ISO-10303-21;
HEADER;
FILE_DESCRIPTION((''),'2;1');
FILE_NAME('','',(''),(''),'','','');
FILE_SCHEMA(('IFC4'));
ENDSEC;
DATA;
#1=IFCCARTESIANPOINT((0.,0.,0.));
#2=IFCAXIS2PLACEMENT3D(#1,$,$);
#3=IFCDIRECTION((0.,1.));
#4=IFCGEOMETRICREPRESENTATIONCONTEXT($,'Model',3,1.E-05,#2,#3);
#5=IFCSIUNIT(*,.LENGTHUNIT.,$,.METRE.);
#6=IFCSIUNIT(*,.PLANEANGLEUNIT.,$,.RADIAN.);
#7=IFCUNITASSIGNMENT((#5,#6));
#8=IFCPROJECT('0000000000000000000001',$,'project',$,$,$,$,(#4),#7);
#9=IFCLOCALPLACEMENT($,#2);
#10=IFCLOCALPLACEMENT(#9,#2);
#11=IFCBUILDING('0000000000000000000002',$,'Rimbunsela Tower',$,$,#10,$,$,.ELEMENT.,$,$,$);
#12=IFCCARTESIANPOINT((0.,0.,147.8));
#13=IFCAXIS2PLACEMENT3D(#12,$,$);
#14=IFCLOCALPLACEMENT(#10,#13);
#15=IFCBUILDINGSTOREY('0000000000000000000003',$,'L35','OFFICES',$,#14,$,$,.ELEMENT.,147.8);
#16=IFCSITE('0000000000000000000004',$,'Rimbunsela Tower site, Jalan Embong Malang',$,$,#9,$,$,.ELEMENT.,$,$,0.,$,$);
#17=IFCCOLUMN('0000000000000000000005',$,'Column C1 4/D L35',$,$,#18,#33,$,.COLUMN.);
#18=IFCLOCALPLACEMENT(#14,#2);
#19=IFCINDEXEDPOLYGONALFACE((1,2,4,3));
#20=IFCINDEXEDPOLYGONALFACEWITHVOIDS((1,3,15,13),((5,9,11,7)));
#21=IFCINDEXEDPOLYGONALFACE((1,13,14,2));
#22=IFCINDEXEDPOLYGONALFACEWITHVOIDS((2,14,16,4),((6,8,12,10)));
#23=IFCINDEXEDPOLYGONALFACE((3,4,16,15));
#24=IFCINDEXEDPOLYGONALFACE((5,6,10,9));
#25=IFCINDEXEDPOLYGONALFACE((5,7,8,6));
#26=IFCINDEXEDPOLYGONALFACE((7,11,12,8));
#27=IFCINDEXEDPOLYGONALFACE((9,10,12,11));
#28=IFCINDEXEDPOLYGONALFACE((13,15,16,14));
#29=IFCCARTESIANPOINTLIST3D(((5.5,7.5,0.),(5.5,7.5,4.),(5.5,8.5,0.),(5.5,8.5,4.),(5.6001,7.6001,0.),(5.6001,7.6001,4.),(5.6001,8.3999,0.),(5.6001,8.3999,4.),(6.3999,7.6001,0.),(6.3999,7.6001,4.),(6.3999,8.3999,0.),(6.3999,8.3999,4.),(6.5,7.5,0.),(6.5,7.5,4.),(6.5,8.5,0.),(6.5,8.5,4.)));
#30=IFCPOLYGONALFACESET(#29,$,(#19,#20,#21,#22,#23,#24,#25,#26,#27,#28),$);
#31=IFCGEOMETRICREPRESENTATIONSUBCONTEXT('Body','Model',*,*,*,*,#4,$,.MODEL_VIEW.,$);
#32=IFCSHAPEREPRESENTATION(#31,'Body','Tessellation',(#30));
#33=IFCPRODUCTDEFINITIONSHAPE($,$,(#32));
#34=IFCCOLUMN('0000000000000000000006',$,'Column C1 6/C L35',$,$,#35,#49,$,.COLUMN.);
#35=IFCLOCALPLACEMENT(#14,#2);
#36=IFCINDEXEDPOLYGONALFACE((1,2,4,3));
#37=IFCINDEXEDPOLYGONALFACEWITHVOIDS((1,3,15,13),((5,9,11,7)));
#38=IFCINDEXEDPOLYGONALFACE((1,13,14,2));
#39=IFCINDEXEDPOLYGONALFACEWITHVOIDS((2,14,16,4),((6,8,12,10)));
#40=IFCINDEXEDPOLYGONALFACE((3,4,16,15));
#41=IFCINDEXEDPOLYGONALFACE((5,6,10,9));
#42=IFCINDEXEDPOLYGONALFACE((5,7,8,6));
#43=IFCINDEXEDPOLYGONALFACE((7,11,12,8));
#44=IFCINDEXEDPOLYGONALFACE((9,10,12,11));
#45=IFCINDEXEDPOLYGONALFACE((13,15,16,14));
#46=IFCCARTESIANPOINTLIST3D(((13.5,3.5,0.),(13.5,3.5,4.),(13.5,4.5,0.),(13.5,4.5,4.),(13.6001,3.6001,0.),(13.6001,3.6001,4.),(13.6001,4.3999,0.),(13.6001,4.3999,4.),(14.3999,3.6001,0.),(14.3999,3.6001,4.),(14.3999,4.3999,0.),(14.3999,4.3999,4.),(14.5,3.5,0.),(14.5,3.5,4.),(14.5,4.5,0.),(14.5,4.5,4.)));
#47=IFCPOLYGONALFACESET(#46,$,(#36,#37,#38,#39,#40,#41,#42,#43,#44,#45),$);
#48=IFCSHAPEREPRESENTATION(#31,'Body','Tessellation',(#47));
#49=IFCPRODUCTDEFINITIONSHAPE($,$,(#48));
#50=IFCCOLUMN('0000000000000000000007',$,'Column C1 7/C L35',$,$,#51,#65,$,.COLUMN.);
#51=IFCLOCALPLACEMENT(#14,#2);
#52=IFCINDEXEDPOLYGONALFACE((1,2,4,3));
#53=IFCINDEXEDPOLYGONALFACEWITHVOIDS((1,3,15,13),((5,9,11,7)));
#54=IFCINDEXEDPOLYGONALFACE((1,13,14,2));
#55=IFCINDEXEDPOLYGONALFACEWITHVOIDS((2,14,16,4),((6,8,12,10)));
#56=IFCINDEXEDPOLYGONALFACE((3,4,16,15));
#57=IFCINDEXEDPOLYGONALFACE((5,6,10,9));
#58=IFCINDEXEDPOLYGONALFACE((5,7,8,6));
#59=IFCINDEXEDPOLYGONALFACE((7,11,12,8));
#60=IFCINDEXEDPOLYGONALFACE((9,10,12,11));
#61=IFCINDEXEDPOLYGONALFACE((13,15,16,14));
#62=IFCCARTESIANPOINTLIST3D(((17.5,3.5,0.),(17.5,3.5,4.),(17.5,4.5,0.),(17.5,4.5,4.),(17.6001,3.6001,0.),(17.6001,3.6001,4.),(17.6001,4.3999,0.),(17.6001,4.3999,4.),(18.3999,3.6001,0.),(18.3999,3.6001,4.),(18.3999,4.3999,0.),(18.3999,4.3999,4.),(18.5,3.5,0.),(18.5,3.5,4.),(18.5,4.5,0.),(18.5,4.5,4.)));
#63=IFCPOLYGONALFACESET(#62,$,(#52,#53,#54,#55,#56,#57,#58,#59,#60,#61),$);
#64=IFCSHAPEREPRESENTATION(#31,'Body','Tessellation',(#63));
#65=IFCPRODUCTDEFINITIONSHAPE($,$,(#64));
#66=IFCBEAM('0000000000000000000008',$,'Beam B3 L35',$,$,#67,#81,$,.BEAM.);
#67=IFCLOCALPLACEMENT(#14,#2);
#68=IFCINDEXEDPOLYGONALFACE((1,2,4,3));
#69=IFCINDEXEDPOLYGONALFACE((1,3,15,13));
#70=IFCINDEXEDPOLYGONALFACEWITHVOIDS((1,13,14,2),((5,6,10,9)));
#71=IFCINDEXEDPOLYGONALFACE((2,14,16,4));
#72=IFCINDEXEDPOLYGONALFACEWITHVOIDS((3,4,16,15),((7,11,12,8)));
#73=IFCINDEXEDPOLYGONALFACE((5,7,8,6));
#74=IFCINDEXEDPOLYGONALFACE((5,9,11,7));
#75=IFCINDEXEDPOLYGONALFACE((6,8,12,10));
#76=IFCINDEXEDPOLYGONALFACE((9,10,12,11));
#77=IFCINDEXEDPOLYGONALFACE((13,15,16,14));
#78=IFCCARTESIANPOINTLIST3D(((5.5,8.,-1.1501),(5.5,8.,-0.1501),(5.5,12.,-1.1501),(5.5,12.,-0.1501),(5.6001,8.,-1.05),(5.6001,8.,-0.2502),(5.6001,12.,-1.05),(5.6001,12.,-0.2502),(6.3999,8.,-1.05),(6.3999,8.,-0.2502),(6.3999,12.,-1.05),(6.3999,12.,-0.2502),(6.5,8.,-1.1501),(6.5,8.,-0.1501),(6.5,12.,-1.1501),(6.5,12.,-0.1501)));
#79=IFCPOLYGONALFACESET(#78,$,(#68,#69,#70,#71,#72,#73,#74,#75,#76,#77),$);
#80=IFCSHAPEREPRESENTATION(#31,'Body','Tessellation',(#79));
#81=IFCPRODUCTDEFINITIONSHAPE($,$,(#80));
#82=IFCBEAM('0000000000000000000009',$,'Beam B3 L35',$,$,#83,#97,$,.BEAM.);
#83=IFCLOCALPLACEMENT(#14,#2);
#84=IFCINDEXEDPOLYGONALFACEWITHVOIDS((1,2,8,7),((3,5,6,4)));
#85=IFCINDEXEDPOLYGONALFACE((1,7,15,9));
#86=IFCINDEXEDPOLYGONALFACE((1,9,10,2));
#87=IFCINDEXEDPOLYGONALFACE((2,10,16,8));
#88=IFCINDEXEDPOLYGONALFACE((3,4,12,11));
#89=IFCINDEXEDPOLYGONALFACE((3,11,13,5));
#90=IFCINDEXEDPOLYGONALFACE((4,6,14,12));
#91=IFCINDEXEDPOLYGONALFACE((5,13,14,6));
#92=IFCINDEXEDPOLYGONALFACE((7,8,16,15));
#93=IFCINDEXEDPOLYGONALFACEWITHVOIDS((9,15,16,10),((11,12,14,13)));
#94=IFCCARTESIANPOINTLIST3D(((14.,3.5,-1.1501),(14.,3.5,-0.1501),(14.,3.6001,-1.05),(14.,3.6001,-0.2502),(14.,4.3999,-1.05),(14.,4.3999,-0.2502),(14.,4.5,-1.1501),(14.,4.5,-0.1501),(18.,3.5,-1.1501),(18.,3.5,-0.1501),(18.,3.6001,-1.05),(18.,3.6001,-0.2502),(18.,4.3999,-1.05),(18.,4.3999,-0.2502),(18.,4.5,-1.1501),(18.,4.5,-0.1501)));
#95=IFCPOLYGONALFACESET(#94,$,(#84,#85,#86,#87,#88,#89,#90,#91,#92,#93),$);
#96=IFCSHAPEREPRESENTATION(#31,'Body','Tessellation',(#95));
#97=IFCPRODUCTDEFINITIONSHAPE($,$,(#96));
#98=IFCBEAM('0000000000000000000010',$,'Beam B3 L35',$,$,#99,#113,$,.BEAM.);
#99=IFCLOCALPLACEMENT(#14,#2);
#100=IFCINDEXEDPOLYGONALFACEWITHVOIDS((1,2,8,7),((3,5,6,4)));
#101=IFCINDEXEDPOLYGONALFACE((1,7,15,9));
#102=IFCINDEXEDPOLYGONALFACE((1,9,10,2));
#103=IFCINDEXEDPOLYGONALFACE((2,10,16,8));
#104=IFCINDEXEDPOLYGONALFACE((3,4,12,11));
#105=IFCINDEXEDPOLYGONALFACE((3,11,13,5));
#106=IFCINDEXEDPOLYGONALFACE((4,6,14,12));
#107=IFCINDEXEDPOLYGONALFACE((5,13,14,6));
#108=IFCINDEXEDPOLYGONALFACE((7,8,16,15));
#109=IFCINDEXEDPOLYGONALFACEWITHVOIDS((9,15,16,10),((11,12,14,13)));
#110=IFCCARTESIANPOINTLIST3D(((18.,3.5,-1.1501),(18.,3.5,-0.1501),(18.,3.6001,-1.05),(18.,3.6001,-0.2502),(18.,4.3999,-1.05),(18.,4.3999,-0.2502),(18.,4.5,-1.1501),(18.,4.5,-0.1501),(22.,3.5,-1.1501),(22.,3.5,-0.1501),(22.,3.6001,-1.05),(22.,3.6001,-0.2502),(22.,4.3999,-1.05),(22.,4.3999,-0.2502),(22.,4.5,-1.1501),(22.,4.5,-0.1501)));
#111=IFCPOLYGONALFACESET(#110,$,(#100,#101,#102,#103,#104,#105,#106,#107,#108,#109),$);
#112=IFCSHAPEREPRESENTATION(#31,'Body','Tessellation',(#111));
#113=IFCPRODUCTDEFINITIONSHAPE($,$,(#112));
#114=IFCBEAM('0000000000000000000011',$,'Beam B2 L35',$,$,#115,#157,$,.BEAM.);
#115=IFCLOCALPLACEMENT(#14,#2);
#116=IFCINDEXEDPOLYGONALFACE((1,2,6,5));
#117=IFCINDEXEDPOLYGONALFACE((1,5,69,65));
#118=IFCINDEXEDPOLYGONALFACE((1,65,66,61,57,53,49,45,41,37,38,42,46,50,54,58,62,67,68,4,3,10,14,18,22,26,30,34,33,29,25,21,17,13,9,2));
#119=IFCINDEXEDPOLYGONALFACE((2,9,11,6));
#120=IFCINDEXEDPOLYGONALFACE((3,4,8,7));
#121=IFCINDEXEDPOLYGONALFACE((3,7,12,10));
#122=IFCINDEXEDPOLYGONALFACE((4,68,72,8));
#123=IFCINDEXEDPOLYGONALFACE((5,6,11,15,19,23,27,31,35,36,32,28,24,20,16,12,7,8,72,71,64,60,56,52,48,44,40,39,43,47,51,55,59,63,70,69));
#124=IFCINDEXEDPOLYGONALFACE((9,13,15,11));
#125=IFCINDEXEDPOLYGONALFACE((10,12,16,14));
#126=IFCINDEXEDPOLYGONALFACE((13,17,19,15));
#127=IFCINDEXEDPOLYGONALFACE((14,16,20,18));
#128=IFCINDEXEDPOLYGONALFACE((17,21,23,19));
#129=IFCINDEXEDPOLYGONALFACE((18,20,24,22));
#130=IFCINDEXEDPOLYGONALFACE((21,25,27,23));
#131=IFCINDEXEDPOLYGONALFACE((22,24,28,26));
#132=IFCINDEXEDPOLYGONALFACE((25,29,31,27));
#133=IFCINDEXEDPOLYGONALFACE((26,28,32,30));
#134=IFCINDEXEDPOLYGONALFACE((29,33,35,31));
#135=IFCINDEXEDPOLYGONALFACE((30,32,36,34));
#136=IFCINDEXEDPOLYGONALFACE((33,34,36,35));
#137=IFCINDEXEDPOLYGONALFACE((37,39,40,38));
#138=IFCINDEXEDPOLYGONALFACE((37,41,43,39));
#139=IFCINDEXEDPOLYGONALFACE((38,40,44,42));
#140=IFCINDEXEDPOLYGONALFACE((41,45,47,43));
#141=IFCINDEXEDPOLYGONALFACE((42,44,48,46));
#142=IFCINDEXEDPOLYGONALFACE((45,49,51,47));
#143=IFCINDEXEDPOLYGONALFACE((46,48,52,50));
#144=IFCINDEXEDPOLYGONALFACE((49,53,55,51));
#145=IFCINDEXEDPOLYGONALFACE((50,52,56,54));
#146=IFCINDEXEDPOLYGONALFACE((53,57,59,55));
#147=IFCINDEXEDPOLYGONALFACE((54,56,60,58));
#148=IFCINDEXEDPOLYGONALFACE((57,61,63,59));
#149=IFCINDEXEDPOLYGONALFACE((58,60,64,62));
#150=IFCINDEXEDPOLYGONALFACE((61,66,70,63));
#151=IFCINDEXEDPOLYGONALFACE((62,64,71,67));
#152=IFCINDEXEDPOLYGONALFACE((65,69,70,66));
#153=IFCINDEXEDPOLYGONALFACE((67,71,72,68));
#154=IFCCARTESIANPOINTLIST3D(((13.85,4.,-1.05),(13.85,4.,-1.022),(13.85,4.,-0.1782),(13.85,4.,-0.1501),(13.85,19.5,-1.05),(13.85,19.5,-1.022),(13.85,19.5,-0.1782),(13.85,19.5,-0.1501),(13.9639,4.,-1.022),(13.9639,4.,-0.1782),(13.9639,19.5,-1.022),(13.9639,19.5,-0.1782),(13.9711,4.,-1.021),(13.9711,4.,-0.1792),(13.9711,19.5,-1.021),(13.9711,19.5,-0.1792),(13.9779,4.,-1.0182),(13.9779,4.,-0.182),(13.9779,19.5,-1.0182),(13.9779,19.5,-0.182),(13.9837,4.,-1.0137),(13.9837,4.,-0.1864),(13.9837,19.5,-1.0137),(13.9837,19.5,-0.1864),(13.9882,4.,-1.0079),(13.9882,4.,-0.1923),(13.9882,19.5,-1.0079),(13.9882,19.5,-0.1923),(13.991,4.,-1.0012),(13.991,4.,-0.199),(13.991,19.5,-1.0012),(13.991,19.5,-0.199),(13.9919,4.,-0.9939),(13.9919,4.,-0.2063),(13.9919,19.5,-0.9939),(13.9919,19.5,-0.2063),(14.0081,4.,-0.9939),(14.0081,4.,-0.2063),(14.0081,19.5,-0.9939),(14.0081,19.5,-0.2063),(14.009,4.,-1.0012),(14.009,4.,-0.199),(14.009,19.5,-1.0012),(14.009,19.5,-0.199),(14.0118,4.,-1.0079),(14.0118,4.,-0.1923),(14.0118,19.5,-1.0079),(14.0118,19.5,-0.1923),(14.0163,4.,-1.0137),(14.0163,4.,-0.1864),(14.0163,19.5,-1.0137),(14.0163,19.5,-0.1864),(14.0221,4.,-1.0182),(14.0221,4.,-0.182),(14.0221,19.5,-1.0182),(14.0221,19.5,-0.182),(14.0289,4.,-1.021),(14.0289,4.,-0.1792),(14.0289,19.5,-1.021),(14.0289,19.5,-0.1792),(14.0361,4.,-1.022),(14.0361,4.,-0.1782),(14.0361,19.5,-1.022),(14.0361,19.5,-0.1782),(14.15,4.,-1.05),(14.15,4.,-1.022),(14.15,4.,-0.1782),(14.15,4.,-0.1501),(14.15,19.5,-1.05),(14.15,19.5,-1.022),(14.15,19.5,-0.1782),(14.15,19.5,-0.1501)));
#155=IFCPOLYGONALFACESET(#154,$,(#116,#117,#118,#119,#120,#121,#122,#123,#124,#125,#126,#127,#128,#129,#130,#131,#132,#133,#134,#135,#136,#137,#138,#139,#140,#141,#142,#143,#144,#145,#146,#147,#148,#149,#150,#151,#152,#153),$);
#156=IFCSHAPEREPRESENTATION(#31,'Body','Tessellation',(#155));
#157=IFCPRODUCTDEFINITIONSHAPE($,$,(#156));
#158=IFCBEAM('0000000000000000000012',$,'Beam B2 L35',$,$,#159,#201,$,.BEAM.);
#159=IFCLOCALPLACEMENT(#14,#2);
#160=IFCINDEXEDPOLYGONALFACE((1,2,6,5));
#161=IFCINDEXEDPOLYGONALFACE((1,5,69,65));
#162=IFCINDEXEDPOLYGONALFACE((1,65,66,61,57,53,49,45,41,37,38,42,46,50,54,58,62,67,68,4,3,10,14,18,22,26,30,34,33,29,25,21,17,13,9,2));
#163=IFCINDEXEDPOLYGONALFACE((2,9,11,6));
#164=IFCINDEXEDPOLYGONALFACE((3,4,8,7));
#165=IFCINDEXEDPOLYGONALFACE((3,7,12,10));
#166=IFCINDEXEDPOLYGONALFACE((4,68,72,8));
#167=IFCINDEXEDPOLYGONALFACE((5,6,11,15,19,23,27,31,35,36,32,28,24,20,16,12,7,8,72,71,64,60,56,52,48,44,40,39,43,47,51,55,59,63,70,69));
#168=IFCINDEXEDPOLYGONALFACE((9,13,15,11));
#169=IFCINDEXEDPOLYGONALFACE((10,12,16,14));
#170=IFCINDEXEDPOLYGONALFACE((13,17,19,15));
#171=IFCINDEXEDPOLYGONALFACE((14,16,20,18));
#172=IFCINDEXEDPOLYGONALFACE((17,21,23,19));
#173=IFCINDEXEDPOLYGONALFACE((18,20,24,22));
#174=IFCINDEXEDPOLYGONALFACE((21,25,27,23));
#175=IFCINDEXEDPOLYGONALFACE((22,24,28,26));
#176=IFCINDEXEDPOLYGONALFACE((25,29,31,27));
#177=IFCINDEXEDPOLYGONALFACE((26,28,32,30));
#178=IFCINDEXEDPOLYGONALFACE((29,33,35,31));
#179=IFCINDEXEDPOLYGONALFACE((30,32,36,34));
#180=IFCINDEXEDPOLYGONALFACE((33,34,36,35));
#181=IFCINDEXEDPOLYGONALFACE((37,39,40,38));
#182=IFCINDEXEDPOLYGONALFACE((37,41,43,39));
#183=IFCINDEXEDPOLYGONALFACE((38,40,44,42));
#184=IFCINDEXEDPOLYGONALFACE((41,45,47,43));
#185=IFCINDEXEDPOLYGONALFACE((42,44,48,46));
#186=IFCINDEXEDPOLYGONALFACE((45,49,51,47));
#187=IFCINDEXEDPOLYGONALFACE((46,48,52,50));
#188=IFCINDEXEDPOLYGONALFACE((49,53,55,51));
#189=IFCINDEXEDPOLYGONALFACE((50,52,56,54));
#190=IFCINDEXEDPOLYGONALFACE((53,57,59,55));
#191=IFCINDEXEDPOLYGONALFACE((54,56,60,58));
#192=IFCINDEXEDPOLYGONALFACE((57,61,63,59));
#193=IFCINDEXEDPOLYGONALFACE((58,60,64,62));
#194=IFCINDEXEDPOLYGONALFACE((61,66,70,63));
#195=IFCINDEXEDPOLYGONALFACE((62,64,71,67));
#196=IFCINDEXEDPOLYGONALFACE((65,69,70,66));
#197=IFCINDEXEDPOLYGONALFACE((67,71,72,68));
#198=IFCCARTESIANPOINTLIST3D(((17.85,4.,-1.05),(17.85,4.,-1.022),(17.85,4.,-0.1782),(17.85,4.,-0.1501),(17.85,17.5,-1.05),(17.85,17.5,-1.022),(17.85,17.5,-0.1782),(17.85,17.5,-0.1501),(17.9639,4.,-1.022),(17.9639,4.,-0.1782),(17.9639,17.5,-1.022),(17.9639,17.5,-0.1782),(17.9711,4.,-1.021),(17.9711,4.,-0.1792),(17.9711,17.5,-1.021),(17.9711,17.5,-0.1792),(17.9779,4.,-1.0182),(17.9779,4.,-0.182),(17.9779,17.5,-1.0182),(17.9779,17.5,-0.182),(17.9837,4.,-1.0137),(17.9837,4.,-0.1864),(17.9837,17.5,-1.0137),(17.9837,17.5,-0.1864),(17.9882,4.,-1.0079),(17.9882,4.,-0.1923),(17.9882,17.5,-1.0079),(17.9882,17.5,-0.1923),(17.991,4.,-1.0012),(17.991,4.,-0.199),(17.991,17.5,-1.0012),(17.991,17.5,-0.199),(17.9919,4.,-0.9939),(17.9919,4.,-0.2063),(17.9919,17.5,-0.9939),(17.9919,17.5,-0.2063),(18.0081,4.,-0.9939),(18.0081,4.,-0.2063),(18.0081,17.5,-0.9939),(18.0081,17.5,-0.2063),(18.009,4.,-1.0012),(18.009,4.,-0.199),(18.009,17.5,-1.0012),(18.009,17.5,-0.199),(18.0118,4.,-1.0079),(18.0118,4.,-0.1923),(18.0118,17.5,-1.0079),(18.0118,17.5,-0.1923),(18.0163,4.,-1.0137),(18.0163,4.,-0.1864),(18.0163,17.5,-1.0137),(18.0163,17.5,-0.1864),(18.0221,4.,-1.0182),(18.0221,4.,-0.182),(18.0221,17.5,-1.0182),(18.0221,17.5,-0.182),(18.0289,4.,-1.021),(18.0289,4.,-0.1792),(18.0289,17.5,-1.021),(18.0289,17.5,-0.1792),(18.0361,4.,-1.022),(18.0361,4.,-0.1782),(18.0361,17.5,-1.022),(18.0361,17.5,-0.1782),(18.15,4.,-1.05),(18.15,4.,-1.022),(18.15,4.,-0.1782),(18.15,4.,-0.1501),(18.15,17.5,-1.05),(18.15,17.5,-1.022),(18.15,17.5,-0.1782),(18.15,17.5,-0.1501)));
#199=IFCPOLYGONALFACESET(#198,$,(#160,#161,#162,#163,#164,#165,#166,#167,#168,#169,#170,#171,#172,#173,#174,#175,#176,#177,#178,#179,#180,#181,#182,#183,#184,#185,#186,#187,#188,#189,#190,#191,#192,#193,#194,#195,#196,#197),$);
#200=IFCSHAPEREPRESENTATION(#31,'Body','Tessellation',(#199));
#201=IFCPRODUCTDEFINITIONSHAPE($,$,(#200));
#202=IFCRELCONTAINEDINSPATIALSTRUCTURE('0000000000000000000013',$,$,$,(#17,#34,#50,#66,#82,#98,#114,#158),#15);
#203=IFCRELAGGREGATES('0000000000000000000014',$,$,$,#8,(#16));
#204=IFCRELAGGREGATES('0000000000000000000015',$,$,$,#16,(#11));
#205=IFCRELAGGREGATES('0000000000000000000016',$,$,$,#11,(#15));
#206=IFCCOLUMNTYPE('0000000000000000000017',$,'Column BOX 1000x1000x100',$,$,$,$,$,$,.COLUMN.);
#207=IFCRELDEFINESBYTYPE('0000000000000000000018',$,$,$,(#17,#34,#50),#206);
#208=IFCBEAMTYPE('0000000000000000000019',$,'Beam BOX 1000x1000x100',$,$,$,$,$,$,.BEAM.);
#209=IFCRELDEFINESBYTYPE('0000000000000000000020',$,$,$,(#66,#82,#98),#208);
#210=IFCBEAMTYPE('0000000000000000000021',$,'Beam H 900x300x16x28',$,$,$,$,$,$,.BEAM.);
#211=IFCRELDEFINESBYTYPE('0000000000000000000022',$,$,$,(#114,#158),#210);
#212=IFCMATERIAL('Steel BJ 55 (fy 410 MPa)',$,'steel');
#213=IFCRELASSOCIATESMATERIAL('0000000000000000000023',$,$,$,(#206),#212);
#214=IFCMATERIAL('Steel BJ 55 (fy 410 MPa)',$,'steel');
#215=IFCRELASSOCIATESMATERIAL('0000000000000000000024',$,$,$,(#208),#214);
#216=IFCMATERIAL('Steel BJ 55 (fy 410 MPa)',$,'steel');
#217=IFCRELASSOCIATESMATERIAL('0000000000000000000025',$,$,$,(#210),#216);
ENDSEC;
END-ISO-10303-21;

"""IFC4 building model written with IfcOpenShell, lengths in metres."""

from ifc_helpers import new_model, si_unit, direction, frame, origin, origin_2d, place, context, subcontext, project, spatial, hollow_rectangle, i_section, extrude, material, material_profile, profile_set, type_object, element, save


model = new_model("IFC4")

# Units and contexts
model_context = context("Model", 3, precision=1e-05, world=origin(), true_north=direction((0.0, 1.0)))
body_context = subcontext(model_context, "Body", "Model", "MODEL_VIEW")
ifc_project = project(units=[si_unit("LENGTHUNIT", "METRE"), si_unit("PLANEANGLEUNIT", "RADIAN")], contexts=[model_context])

# Site, building, storey
site_placement = place(None, origin())
site = spatial("IfcSite", under=ifc_project, at=site_placement, Name="Rimbunsela Tower site, Jalan Embong Malang", CompositionType="ELEMENT", RefElevation=0.0)
building_placement = place(site_placement, origin())
building = spatial("IfcBuilding", under=site, at=building_placement, Name="Rimbunsela Tower", CompositionType="ELEMENT")
storey_placement = place(building_placement, frame((0.0, 0.0, 147.8)))
storey = spatial("IfcBuildingStorey", under=building, at=storey_placement, Name="L35", Description="OFFICES", CompositionType="ELEMENT", Elevation=147.8)

# Columns
ifc_material_1 = material(Name="Steel BJ 55 (fy 410 MPa)", Category="steel")
ifc_material_profile_1 = material_profile(ifc_material_1, hollow_rectangle(XDim=1.0, YDim=1.0, WallThickness=0.1001, at=origin_2d()), Name="BOX 1000x1000x100")
ifc_profile_set_1 = profile_set([ifc_material_profile_1], Name="Steel BJ 55 (fy 410 MPa)")
column_type = type_object("IfcColumnType", Name="Column BOX 1000x1000x100", PredefinedType="COLUMN", material=ifc_profile_set_1)
for number, where, z_axis, x_axis, name in (
    (1, (6.0, 8.0, 0.0), (0.0, 0.0, 1.0), (1.0, 0.0, 0.0), "Column C1 4/D L35"),
    (2, (14.0, 4.0, 0.0), (0.0, 0.0, 1.0), (1.0, 0.0, 0.0), "Column C1 6/C L35"),
    (3, (18.0, 4.0, 0.0), (0.0, 0.0, 1.0), (1.0, 0.0, 0.0), "Column C1 7/C L35"),
):
    element("IfcColumn", number, at=place(storey_placement, frame(where, z_axis=z_axis, x_axis=x_axis)), inside=storey, type_object=column_type, Name=name, PredefinedType="COLUMN", context=body_context, shape_type="SweptSolid", body=[
        extrude(hollow_rectangle(XDim=1.0, YDim=1.0, WallThickness=0.1001, at=origin_2d()), origin(), (0.0, 0.0, 1.0), 4.0),
    ])

# Beams
ifc_material_2 = material(Name="Steel BJ 55 (fy 410 MPa)", Category="steel")
ifc_material_profile_2 = material_profile(ifc_material_2, hollow_rectangle(XDim=1.0, YDim=1.0, WallThickness=0.1001, at=origin_2d()), Name="BOX 1000x1000x100")
ifc_profile_set_2 = profile_set([ifc_material_profile_2], Name="Steel BJ 55 (fy 410 MPa)")
beam_type_1 = type_object("IfcBeamType", Name="Beam BOX 1000x1000x100", PredefinedType="BEAM", material=ifc_profile_set_2)
for number, where, z_axis, x_axis, name in (
    (4, (6.0, 8.0, -0.6501), (0.0, 1.0, 0.0), (-1.0, 0.0, 0.0), "Beam B3 L35"),
    (5, (14.0, 4.0, -0.6501), (1.0, 0.0, 0.0), (0.0, 1.0, 0.0), "Beam B3 L35"),
    (6, (18.0, 4.0, -0.6501), (1.0, 0.0, 0.0), (0.0, 1.0, 0.0), "Beam B3 L35"),
):
    element("IfcBeam", number, at=place(storey_placement, frame(where, z_axis=z_axis, x_axis=x_axis)), inside=storey, type_object=beam_type_1, Name=name, PredefinedType="BEAM", context=body_context, shape_type="SweptSolid", body=[
        extrude(hollow_rectangle(XDim=1.0, YDim=1.0, WallThickness=0.1001, at=origin_2d()), origin(), (0.0, 0.0, 1.0), 4.0),
    ])
ifc_material_3 = material(Name="Steel BJ 55 (fy 410 MPa)", Category="steel")
ifc_material_profile_3 = material_profile(ifc_material_3, i_section(OverallWidth=0.3, OverallDepth=0.8999, WebThickness=0.0161, FlangeThickness=0.0281, FilletRadius=0.0281, at=origin_2d()), Name="H 900x300x16x28")
ifc_profile_set_3 = profile_set([ifc_material_profile_3], Name="Steel BJ 55 (fy 410 MPa)")
beam_type_2 = type_object("IfcBeamType", Name="Beam H 900x300x16x28", PredefinedType="BEAM", material=ifc_profile_set_3)
beam_1_placement = place(storey_placement, frame((14.0, 4.0, -0.6001), z_axis=(0.0, 1.0, 0.0), x_axis=(-1.0, 0.0, 0.0)))
element("IfcBeam", 7, at=beam_1_placement, inside=storey, type_object=beam_type_2, Name="Beam B2 L35", PredefinedType="BEAM", context=body_context, shape_type="SweptSolid", body=[
    extrude(i_section(OverallWidth=0.3, OverallDepth=0.8999, WebThickness=0.0161, FlangeThickness=0.0281, FilletRadius=0.0281, at=origin_2d()), origin(), (0.0, 0.0, 1.0), 15.5),
])
beam_2_placement = place(storey_placement, frame((18.0, 4.0, -0.6001), z_axis=(0.0, 1.0, 0.0), x_axis=(-1.0, 0.0, 0.0)))
element("IfcBeam", 8, at=beam_2_placement, inside=storey, type_object=beam_type_2, Name="Beam B2 L35", PredefinedType="BEAM", context=body_context, shape_type="SweptSolid", body=[
    extrude(i_section(OverallWidth=0.3, OverallDepth=0.8999, WebThickness=0.0161, FlangeThickness=0.0281, FilletRadius=0.0281, at=origin_2d()), origin(), (0.0, 0.0, 1.0), 13.5),
])

save(model, "model.ifc")
